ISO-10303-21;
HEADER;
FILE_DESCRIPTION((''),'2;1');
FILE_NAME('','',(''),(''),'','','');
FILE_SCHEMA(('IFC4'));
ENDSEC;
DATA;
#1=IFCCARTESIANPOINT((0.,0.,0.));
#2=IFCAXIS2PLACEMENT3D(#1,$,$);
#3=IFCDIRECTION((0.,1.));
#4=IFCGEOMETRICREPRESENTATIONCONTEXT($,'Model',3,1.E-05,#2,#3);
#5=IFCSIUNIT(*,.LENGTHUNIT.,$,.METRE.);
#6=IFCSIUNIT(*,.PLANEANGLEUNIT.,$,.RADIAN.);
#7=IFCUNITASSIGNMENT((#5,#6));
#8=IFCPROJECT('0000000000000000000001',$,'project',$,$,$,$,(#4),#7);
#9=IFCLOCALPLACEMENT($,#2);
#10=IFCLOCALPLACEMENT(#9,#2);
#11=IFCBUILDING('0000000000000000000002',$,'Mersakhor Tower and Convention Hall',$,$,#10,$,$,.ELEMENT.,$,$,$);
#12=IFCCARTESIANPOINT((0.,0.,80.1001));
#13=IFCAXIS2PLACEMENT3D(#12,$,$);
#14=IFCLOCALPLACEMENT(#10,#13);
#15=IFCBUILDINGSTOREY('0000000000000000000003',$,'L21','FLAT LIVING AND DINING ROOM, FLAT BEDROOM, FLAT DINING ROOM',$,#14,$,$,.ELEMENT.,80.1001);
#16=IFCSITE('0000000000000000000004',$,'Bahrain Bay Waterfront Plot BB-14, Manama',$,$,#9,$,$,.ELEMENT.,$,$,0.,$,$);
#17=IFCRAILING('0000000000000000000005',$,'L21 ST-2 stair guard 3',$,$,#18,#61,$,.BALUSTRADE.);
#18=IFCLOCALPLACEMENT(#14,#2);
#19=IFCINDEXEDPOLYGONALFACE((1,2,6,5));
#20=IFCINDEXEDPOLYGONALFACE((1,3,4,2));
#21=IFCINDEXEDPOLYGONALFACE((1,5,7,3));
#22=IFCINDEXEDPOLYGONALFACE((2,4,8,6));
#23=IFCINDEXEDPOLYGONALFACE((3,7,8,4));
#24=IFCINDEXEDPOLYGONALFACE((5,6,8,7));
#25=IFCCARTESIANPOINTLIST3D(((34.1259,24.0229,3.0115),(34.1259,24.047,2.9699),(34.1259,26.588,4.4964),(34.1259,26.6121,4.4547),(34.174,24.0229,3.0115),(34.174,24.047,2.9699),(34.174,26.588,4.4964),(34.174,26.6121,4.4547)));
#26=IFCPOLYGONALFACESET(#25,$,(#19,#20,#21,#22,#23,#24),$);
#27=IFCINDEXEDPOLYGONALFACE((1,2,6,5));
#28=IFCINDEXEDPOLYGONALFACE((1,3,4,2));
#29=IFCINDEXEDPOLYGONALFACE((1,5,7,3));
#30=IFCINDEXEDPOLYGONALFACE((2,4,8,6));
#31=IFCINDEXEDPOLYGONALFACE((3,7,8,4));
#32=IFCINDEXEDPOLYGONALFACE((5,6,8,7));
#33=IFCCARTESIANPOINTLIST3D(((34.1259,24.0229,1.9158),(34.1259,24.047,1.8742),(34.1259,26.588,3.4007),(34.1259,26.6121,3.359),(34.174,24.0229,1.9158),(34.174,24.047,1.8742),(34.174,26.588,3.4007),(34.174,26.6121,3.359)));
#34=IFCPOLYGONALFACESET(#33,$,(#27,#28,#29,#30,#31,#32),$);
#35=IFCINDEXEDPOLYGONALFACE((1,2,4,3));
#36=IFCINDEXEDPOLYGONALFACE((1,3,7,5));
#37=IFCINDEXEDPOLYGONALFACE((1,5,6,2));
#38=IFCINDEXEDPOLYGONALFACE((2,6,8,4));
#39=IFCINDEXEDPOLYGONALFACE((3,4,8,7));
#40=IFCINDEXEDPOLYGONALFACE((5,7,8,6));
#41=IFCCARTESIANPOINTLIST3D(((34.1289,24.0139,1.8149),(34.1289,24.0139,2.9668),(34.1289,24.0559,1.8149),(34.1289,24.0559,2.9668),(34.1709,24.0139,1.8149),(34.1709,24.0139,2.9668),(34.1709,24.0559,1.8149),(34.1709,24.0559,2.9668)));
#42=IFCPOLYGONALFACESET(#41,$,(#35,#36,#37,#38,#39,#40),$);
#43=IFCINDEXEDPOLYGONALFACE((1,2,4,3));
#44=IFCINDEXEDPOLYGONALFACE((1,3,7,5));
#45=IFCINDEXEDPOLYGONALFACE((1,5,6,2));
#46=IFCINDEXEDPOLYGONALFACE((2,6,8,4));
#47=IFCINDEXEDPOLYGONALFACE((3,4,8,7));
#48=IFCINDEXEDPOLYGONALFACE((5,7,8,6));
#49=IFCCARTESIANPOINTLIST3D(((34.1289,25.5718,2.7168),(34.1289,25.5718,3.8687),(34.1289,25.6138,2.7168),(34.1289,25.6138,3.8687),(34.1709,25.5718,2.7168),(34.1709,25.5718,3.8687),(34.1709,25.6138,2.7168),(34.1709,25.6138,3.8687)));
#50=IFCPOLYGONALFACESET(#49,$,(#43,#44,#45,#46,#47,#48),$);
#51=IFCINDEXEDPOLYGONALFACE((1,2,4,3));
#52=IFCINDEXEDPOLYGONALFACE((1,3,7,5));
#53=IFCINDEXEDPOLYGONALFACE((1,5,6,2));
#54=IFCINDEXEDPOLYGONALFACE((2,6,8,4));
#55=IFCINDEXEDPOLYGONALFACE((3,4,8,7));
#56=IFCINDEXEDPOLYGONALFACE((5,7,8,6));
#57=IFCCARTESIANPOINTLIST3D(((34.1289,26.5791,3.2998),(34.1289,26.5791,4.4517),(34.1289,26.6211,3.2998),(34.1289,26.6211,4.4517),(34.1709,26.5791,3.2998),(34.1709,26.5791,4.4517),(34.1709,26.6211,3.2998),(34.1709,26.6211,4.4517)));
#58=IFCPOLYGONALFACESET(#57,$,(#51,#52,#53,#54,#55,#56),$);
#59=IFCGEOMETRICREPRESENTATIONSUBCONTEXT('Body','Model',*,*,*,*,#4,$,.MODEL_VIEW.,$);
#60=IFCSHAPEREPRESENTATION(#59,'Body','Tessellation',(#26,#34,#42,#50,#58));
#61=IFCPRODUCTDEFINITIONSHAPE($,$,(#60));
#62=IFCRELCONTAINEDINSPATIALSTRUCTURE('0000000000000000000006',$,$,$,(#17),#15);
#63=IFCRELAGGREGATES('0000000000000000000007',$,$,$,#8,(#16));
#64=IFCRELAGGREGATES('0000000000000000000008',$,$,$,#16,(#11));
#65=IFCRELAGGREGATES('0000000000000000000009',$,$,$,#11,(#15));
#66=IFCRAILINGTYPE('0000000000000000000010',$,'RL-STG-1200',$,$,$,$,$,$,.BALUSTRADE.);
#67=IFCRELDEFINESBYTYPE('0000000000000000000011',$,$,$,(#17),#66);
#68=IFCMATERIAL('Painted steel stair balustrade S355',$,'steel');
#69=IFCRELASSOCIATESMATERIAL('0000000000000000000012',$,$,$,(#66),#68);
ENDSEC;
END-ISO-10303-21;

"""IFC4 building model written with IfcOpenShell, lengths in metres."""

from ifc_helpers import new_model, si_unit, direction, frame, origin, origin_2d, place, context, subcontext, project, spatial, rectangle, extrude, material, type_object, element, save


model = new_model("IFC4")

# Units and contexts
model_context = context("Model", 3, precision=1e-05, world=origin(), true_north=direction((0.0, 1.0)))
body_context = subcontext(model_context, "Body", "Model", "MODEL_VIEW")
ifc_project = project(units=[si_unit("LENGTHUNIT", "METRE"), si_unit("PLANEANGLEUNIT", "RADIAN")], contexts=[model_context])

# Site, building, storey
site_placement = place(None, origin())
site = spatial("IfcSite", under=ifc_project, at=site_placement, Name="Bahrain Bay Waterfront Plot BB-14, Manama", CompositionType="ELEMENT", RefElevation=0.0)
building_placement = place(site_placement, origin())
building = spatial("IfcBuilding", under=site, at=building_placement, Name="Mersakhor Tower and Convention Hall", CompositionType="ELEMENT")
storey_placement = place(building_placement, frame((0.0, 0.0, 80.1001)))
storey = spatial("IfcBuildingStorey", under=building, at=storey_placement, Name="L21", Description="FLAT LIVING AND DINING ROOM, FLAT BEDROOM, FLAT DINING ROOM", CompositionType="ELEMENT", Elevation=80.1001)

# Railing
ifc_material_1 = material(Name="Painted steel stair balustrade S355", Category="steel")
railing_type_1 = type_object("IfcRailingType", Name="RL-STG-1200", PredefinedType="BALUSTRADE", material=ifc_material_1)
railing_1_placement = place(storey_placement, frame((34.1499, 24.0349, 1.8149)))
element("IfcRailing", 1, at=railing_1_placement, inside=storey, type_object=railing_type_1, Name="L21 ST-2 stair guard 3", PredefinedType="BALUSTRADE", context=body_context, shape_type="SweptSolid", body=[
    extrude(rectangle(XDim=0.0481, YDim=0.0481, at=origin_2d()), frame((0.0, 0.0, 1.1758), z_axis=(0.0, 0.865462, 0.500975), x_axis=(-1.0, 0.0, 0.0)), (0.0, 0.0, 1.0), 2.9639),
    extrude(rectangle(XDim=0.0481, YDim=0.0481, at=origin_2d()), frame((0.0, 0.0, 0.0801), z_axis=(0.0, 0.865462, 0.500975), x_axis=(-1.0, 0.0, 0.0)), (0.0, 0.0, 1.0), 2.9639),
    extrude(rectangle(XDim=0.042, YDim=0.042, at=origin_2d()), origin(), (0.0, 0.0, 1.0), 1.1519),
    extrude(rectangle(XDim=0.042, YDim=0.042, at=origin_2d()), frame((0.0, 1.5579, 0.9019)), (0.0, 0.0, 1.0), 1.1519),
    extrude(rectangle(XDim=0.042, YDim=0.042, at=origin_2d()), frame((0.0, 2.5652, 1.4849)), (0.0, 0.0, 1.0), 1.1519),
])

save(model, "model.ifc")
